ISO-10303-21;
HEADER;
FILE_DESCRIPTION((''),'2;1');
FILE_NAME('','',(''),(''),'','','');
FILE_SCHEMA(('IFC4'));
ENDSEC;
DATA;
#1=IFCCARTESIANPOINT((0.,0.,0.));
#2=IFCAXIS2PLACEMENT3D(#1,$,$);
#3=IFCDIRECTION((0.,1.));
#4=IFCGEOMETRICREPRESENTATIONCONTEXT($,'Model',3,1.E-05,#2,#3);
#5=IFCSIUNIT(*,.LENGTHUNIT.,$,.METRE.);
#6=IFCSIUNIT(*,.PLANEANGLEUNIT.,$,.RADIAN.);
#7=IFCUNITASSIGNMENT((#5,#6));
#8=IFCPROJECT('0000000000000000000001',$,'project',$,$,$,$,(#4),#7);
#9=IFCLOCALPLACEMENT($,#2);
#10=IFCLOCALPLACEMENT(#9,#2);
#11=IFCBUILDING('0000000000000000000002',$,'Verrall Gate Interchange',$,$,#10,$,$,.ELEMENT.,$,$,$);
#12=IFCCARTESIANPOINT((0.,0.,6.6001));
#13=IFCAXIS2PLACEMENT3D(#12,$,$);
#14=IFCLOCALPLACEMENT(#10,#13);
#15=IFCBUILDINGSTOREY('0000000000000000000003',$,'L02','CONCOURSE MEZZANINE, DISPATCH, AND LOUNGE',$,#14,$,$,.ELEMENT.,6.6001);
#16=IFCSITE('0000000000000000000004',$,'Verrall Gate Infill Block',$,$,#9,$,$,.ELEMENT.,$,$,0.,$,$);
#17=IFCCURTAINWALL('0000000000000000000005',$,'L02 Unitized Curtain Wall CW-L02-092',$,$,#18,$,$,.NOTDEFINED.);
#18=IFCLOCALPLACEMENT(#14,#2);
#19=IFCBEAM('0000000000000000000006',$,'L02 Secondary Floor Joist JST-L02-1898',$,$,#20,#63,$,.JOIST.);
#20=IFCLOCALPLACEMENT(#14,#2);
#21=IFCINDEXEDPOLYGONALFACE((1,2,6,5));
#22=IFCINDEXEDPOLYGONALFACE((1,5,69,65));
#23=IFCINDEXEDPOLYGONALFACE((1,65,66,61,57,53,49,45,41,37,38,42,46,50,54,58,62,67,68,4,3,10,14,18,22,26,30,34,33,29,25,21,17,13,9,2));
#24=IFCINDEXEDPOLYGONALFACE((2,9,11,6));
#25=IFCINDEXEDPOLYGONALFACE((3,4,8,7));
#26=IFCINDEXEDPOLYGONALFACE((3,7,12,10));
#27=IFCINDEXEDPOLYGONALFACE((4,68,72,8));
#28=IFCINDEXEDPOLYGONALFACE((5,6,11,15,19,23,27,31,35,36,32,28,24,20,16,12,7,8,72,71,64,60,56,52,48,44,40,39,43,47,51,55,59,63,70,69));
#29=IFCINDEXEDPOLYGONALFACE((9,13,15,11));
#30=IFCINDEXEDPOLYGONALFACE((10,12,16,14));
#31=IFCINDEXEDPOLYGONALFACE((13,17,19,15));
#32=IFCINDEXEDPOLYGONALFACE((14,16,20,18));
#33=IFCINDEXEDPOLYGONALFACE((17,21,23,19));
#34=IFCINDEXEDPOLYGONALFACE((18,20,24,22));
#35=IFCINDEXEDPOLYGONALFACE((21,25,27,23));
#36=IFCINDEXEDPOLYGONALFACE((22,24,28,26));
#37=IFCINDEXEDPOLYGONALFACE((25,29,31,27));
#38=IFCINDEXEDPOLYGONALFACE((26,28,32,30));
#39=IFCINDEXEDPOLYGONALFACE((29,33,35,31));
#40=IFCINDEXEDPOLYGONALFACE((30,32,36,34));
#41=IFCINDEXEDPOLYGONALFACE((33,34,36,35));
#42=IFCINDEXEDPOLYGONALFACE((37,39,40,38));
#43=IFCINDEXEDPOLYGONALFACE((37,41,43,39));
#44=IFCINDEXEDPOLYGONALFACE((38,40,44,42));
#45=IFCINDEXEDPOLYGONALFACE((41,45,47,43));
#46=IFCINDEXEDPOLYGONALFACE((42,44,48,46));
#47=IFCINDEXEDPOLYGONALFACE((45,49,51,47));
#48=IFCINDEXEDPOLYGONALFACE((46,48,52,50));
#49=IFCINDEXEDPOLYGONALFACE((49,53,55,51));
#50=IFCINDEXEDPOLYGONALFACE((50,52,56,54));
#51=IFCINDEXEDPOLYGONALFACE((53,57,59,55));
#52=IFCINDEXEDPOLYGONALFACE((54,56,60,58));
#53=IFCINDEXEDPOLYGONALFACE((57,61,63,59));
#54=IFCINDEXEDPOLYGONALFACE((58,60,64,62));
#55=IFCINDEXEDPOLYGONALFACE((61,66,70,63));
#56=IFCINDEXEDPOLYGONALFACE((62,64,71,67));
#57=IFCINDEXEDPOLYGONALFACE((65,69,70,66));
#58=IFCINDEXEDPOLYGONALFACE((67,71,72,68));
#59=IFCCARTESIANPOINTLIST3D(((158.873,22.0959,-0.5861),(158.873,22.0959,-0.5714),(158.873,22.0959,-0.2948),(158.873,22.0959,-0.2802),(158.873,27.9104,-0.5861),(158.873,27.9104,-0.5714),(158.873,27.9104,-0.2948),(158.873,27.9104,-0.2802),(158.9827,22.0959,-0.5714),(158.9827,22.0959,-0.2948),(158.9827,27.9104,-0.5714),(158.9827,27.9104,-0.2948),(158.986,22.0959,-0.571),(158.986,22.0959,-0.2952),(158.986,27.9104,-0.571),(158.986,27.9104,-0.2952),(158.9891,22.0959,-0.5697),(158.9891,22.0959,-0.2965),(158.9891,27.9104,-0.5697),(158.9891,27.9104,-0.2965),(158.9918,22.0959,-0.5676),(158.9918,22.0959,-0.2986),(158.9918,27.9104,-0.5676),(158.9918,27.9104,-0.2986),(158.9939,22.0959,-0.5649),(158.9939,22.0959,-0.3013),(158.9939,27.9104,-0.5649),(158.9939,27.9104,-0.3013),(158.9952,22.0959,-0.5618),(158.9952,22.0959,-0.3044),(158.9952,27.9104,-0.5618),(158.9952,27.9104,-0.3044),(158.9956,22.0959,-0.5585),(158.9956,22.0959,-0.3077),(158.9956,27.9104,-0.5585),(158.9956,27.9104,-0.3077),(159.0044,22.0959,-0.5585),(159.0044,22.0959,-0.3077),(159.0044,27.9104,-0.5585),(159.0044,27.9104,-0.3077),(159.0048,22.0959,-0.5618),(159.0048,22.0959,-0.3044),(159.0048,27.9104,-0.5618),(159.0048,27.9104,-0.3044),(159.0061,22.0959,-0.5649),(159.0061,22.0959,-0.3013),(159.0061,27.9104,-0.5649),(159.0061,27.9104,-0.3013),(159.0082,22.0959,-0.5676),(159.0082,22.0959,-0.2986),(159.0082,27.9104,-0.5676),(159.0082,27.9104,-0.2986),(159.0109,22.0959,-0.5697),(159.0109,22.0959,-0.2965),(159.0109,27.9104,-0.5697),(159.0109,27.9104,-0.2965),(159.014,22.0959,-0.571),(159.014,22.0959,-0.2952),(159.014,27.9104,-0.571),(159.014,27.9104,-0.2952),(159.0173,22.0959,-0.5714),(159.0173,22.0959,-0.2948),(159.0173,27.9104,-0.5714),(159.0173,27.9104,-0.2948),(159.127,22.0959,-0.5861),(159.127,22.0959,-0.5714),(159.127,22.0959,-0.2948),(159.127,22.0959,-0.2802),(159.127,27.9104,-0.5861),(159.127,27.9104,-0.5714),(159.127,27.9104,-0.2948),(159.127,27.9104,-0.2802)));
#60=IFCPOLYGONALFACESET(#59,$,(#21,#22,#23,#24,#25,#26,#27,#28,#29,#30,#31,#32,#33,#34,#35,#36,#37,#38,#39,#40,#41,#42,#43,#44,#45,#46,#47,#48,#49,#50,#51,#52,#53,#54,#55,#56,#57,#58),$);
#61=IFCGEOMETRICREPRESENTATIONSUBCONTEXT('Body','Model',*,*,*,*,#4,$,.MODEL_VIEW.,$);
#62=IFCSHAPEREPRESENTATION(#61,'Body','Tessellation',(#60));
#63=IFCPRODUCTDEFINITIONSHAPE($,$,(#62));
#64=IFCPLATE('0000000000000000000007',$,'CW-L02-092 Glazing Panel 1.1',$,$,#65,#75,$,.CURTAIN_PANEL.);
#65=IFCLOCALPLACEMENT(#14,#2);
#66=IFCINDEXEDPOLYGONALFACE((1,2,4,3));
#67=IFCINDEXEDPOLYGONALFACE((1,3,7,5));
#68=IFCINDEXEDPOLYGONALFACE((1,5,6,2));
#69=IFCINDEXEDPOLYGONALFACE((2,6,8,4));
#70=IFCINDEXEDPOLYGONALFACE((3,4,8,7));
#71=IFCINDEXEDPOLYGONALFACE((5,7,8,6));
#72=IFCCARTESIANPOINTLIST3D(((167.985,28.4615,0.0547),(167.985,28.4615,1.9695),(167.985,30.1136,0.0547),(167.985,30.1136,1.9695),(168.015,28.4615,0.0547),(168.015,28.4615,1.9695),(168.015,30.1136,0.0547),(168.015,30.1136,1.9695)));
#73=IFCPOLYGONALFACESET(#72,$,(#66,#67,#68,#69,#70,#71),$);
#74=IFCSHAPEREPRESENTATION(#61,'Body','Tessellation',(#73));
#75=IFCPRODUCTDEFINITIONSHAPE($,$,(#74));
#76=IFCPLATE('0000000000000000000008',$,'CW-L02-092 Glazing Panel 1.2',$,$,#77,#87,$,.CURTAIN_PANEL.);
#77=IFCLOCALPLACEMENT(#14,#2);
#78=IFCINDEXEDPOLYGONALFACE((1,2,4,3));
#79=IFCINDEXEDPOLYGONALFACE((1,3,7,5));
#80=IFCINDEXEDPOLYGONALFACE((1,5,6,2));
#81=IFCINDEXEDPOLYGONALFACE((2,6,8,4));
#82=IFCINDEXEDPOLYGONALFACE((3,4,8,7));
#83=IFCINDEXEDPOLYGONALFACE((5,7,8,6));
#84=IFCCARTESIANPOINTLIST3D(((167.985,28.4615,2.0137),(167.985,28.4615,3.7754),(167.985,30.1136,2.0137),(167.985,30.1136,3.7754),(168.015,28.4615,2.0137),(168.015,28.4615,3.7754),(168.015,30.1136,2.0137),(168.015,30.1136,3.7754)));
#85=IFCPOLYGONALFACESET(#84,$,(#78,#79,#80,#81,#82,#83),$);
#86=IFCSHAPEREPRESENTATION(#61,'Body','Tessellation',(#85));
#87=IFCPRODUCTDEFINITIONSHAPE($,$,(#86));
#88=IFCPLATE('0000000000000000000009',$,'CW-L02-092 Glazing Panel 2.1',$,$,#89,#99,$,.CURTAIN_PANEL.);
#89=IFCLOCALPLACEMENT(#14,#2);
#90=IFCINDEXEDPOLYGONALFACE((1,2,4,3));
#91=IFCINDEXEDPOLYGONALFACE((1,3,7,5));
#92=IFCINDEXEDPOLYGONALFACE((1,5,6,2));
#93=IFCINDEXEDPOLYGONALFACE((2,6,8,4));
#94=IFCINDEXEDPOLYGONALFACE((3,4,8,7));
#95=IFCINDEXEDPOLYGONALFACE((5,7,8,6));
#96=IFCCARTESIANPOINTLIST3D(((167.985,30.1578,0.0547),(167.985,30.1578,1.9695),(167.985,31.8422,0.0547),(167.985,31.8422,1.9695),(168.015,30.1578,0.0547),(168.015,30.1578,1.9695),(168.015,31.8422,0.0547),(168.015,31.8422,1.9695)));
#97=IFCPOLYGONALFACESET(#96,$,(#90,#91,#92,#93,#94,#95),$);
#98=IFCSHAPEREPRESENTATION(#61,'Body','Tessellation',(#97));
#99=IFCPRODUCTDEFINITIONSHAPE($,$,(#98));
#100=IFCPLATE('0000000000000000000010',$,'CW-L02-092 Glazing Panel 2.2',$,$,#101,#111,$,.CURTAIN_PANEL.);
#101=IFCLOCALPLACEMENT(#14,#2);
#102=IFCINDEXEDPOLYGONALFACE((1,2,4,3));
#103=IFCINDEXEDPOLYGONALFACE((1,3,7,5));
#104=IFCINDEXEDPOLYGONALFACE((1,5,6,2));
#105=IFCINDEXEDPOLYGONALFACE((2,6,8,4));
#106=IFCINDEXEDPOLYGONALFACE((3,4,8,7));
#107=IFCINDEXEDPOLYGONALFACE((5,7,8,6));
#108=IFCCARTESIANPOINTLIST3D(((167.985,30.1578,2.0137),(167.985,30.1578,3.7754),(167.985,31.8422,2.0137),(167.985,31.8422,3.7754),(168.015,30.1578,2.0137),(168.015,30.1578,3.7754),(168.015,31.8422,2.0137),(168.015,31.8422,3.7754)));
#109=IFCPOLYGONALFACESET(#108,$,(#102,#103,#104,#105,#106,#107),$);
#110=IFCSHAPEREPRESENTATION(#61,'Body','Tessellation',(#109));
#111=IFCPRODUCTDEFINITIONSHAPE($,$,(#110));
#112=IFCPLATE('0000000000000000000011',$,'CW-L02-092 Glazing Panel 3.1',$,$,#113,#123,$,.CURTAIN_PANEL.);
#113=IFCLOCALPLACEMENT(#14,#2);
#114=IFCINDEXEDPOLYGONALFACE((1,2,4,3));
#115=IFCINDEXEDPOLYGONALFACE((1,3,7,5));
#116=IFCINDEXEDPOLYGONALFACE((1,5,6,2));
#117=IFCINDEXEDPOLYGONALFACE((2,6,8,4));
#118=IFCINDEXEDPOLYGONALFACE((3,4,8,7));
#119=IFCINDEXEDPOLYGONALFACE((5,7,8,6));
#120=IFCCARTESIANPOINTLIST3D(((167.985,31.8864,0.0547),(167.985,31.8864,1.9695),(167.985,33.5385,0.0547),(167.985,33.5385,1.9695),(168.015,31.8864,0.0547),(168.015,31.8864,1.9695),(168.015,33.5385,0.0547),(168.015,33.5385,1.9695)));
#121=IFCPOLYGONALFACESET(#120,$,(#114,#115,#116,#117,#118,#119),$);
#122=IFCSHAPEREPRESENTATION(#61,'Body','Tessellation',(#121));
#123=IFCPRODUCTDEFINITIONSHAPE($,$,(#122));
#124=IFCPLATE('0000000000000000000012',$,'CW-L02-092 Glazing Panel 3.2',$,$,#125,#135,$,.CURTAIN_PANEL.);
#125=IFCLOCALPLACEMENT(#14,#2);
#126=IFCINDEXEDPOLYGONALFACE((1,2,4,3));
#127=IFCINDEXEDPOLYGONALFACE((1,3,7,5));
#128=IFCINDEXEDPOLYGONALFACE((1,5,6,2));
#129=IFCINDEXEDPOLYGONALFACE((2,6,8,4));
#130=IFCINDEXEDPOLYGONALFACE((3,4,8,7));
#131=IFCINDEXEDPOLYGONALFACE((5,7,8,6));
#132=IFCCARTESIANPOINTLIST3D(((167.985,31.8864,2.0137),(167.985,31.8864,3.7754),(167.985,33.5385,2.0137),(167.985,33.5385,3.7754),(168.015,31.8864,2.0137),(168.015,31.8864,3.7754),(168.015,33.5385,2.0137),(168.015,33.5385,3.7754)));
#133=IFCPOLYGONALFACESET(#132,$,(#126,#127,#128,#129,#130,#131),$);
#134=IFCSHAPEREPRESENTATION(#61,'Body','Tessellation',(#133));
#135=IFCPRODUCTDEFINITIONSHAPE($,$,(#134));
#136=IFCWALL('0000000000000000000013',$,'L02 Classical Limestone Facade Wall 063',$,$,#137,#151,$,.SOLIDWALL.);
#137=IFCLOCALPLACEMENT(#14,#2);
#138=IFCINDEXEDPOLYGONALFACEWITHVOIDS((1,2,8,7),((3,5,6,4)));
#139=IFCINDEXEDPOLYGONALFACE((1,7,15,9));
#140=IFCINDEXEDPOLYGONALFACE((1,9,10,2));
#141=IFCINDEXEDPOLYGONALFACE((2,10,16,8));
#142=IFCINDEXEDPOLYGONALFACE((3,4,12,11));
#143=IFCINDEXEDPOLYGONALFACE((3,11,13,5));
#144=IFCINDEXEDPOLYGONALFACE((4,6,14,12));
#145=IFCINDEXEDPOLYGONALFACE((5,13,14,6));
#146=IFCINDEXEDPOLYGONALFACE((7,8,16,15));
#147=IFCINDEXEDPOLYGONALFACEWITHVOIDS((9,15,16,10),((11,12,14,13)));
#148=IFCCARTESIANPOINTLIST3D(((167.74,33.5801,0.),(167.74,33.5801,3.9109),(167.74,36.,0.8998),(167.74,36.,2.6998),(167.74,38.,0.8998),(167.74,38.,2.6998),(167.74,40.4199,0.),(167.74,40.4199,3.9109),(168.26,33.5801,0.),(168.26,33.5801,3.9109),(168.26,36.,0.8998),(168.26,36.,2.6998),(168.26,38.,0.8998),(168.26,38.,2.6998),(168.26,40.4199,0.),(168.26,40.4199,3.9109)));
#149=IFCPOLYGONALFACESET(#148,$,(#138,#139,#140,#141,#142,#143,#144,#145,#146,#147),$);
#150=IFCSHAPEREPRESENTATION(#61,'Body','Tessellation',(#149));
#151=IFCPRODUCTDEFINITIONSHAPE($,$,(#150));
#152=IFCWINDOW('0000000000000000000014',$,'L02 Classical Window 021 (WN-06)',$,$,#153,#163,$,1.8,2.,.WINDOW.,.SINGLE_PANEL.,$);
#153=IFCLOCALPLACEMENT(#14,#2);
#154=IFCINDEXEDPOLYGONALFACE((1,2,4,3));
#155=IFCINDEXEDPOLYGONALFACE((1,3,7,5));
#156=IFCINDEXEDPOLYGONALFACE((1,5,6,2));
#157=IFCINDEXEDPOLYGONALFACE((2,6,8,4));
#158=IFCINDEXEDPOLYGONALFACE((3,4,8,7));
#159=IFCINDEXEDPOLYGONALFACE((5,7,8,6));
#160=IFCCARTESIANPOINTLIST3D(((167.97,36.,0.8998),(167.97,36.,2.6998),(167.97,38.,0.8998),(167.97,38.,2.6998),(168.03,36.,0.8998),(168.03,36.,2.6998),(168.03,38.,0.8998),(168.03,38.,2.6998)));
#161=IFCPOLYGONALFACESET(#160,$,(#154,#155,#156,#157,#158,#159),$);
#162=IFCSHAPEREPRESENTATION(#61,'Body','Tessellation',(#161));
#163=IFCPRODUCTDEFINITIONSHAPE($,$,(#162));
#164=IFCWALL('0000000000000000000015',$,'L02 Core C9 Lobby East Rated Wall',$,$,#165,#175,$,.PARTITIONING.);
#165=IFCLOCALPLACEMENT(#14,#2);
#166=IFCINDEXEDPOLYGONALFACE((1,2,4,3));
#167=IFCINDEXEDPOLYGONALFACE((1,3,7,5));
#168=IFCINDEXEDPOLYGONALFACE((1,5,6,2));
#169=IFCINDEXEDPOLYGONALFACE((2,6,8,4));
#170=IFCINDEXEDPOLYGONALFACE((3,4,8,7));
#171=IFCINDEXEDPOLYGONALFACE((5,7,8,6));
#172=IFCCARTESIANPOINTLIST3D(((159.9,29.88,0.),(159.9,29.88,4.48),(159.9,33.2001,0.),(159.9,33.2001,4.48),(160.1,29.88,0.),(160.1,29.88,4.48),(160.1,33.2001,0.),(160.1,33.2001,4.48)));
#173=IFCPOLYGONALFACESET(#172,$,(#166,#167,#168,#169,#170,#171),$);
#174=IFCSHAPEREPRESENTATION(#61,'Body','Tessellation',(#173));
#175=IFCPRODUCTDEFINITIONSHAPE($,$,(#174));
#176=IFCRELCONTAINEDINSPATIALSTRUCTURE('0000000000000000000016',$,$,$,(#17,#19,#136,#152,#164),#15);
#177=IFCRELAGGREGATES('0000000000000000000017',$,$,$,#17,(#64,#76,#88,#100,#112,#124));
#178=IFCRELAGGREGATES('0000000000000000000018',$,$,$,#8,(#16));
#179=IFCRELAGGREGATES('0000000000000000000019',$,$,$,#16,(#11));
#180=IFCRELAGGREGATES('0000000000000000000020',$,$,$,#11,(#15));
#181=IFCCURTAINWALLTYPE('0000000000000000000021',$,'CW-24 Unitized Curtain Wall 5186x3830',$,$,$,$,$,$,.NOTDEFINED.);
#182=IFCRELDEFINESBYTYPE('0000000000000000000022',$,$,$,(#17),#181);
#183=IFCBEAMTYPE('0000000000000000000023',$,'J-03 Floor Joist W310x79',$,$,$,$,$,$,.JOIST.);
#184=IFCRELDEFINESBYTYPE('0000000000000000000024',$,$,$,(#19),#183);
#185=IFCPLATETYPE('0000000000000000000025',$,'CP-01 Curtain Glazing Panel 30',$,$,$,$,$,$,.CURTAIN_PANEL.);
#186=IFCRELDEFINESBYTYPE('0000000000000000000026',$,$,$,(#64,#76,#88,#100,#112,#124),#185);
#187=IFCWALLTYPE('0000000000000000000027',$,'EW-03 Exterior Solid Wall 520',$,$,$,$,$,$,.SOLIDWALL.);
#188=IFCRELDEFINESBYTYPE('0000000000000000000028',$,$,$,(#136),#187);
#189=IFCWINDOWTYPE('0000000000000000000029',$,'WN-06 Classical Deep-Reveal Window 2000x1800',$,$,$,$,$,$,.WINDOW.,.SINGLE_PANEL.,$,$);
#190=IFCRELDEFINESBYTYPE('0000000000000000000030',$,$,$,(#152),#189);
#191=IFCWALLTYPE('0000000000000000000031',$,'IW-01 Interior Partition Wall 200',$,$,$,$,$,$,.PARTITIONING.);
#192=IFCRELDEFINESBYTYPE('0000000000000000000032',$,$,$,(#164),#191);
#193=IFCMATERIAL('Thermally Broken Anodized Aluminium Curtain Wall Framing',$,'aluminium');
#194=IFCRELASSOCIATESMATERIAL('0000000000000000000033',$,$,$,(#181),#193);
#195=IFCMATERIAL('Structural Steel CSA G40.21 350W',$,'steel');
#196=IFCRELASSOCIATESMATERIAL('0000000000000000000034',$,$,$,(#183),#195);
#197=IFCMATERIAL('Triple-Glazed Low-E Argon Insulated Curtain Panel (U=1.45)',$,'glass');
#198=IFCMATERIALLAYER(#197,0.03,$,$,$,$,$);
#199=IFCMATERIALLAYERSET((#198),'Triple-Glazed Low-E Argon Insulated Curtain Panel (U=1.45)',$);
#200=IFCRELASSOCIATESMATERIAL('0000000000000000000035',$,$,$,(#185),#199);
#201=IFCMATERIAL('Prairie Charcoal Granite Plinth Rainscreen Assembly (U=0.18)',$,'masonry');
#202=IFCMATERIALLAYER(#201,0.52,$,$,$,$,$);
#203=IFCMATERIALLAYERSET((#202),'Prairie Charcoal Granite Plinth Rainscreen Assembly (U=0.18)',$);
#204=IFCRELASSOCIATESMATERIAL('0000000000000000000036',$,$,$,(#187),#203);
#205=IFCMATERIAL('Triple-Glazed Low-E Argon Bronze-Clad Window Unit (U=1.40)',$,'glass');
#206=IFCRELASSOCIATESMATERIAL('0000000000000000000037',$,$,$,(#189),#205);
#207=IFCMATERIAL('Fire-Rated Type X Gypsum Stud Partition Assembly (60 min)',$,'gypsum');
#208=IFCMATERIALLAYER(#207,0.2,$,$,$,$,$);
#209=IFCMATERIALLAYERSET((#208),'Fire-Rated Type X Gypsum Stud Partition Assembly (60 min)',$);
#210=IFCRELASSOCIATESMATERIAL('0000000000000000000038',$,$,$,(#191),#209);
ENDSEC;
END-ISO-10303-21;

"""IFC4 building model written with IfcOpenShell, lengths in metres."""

from ifc_helpers import new_model, si_unit, direction, frame, frame_2d, origin, origin_2d, place, context, subcontext, project, spatial, rectangle, i_section, extrude, material, layer, layer_set, material_profile, profile_set, type_object, element, fill, aggregate, save


model = new_model("IFC4")

# Units and contexts
model_context = context("Model", 3, precision=1e-05, world=origin(), true_north=direction((0.0, 1.0)))
body_context = subcontext(model_context, "Body", "Model", "MODEL_VIEW")
ifc_project = project(units=[si_unit("LENGTHUNIT", "METRE"), si_unit("PLANEANGLEUNIT", "RADIAN")], contexts=[model_context])

# Site, building, storey
site_placement = place(None, origin())
site = spatial("IfcSite", under=ifc_project, at=site_placement, Name="Verrall Gate Infill Block", CompositionType="ELEMENT", RefElevation=0.0)
building_placement = place(site_placement, origin())
building = spatial("IfcBuilding", under=site, at=building_placement, Name="Verrall Gate Interchange", CompositionType="ELEMENT")
storey_placement = place(building_placement, frame((0.0, 0.0, 6.6001)))
storey = spatial("IfcBuildingStorey", under=building, at=storey_placement, Name="L02", Description="CONCOURSE MEZZANINE, DISPATCH, AND LOUNGE", CompositionType="ELEMENT", Elevation=6.6001)

# Curtain wall
ifc_material_1 = material(Name="Thermally Broken Anodized Aluminium Curtain Wall Framing", Category="aluminium")
curtain_wall_type = type_object("IfcCurtainWallType", Name="CW-24 Unitized Curtain Wall 5186x3830", PredefinedType="NOTDEFINED", material=ifc_material_1)
curtain_wall_placement = place(storey_placement, origin())
curtain_wall = element("IfcCurtainWall", 1, at=curtain_wall_placement, inside=storey, type_object=curtain_wall_type, Name="L02 Unitized Curtain Wall CW-L02-092", PredefinedType="NOTDEFINED")

# Beam
ifc_material_2 = material(Name="Structural Steel CSA G40.21 350W", Category="steel")
ifc_material_profile_1 = material_profile(ifc_material_2, i_section(OverallWidth=0.2539, OverallDepth=0.3059, WebThickness=0.0088, FlangeThickness=0.0146, FilletRadius=0.0129, at=origin_2d()), Name="W310x79")
ifc_profile_set_1 = profile_set([ifc_material_profile_1], Name="Structural Steel CSA G40.21 350W")
beam_type_1 = type_object("IfcBeamType", Name="J-03 Floor Joist W310x79", PredefinedType="JOIST", material=ifc_profile_set_1)
beam_1_placement = place(storey_placement, frame((159.0, 22.0959, -0.4331), z_axis=(0.0, 1.0, 0.0), x_axis=(-1.0, 0.0, 0.0)))
element("IfcBeam", 2, at=beam_1_placement, inside=storey, type_object=beam_type_1, Name="L02 Secondary Floor Joist JST-L02-1898", PredefinedType="JOIST", context=body_context, shape_type="SweptSolid", body=[
    extrude(i_section(OverallWidth=0.2539, OverallDepth=0.3059, WebThickness=0.0088, FlangeThickness=0.0146, FilletRadius=0.0129, at=origin_2d()), origin(), (0.0, 0.0, 1.0), 5.8145),
])

# Plates
ifc_material_3 = material(Name="Triple-Glazed Low-E Argon Insulated Curtain Panel (U=1.45)", Category="glass")
ifc_layer_1 = layer(ifc_material_3, 0.03)
ifc_layer_set_1 = layer_set([ifc_layer_1], Name="Triple-Glazed Low-E Argon Insulated Curtain Panel (U=1.45)")
plate_type = type_object("IfcPlateType", Name="CP-01 Curtain Glazing Panel 30", PredefinedType="CURTAIN_PANEL", material=ifc_layer_set_1)
plate_1_placement = place(storey_placement, frame((168.0, 29.2876, 0.0547), z_axis=(0.0, 0.0, 1.0), x_axis=(0.0, 1.0, 0.0)))
plate_1 = element("IfcPlate", 3, at=plate_1_placement, type_object=plate_type, Name="CW-L02-092 Glazing Panel 1.1", PredefinedType="CURTAIN_PANEL", context=body_context, shape_type="SweptSolid", body=[
    extrude(rectangle(XDim=1.6521, YDim=0.03, at=origin_2d()), origin(), (0.0, 0.0, 1.0), 1.9148),
])
plate_2_placement = place(storey_placement, frame((168.0, 29.2876, 2.0137), z_axis=(0.0, 0.0, 1.0), x_axis=(0.0, 1.0, 0.0)))
plate_2 = element("IfcPlate", 4, at=plate_2_placement, type_object=plate_type, Name="CW-L02-092 Glazing Panel 1.2", PredefinedType="CURTAIN_PANEL", context=body_context, shape_type="SweptSolid", body=[
    extrude(rectangle(XDim=1.6521, YDim=0.03, at=origin_2d()), origin(), (0.0, 0.0, 1.0), 1.7617),
])
plate_3_placement = place(storey_placement, frame((168.0, 31.0, 0.0547), z_axis=(0.0, 0.0, 1.0), x_axis=(0.0, 1.0, 0.0)))
plate_3 = element("IfcPlate", 5, at=plate_3_placement, type_object=plate_type, Name="CW-L02-092 Glazing Panel 2.1", PredefinedType="CURTAIN_PANEL", context=body_context, shape_type="SweptSolid", body=[
    extrude(rectangle(XDim=1.6843, YDim=0.03, at=origin_2d()), origin(), (0.0, 0.0, 1.0), 1.9148),
])
plate_4_placement = place(storey_placement, frame((168.0, 31.0, 2.0137), z_axis=(0.0, 0.0, 1.0), x_axis=(0.0, 1.0, 0.0)))
plate_4 = element("IfcPlate", 6, at=plate_4_placement, type_object=plate_type, Name="CW-L02-092 Glazing Panel 2.2", PredefinedType="CURTAIN_PANEL", context=body_context, shape_type="SweptSolid", body=[
    extrude(rectangle(XDim=1.6843, YDim=0.03, at=origin_2d()), origin(), (0.0, 0.0, 1.0), 1.7617),
])
plate_5_placement = place(storey_placement, frame((168.0, 32.7124, 0.0547), z_axis=(0.0, 0.0, 1.0), x_axis=(0.0, 1.0, 0.0)))
plate_5 = element("IfcPlate", 7, at=plate_5_placement, type_object=plate_type, Name="CW-L02-092 Glazing Panel 3.1", PredefinedType="CURTAIN_PANEL", context=body_context, shape_type="SweptSolid", body=[
    extrude(rectangle(XDim=1.6521, YDim=0.03, at=origin_2d()), origin(), (0.0, 0.0, 1.0), 1.9148),
])
plate_6_placement = place(storey_placement, frame((168.0, 32.7124, 2.0137), z_axis=(0.0, 0.0, 1.0), x_axis=(0.0, 1.0, 0.0)))
plate_6 = element("IfcPlate", 8, at=plate_6_placement, type_object=plate_type, Name="CW-L02-092 Glazing Panel 3.2", PredefinedType="CURTAIN_PANEL", context=body_context, shape_type="SweptSolid", body=[
    extrude(rectangle(XDim=1.6521, YDim=0.03, at=origin_2d()), origin(), (0.0, 0.0, 1.0), 1.7617),
])
aggregate(curtain_wall, [plate_1, plate_2, plate_3, plate_4, plate_5, plate_6])

# Wall, opening, window
ifc_material_4 = material(Name="Prairie Charcoal Granite Plinth Rainscreen Assembly (U=0.18)", Category="masonry")
ifc_layer_2 = layer(ifc_material_4, 0.52)
ifc_layer_set_2 = layer_set([ifc_layer_2], Name="Prairie Charcoal Granite Plinth Rainscreen Assembly (U=0.18)")
wall_type_1 = type_object("IfcWallType", Name="EW-03 Exterior Solid Wall 520", PredefinedType="SOLIDWALL", material=ifc_layer_set_2)
wall_1_placement = place(storey_placement, frame((168.0, 33.5801, 0.0), z_axis=(0.0, 0.0, 1.0), x_axis=(0.0, 1.0, 0.0)))
wall_1 = element("IfcWall", 9, at=wall_1_placement, inside=storey, type_object=wall_type_1, Name="L02 Classical Limestone Facade Wall 063", PredefinedType="SOLIDWALL", context=body_context, shape_type="SweptSolid", body=[
    extrude(rectangle(XDim=6.8398, YDim=0.52, at=frame_2d((3.4199, 0.0))), origin(), (0.0, 0.0, 1.0), 3.9109),
])
opening_1_placement = place(wall_1_placement, frame((2.4199, 0.0, 0.8999)))
opening_1 = element("IfcOpeningElement", 10, at=opening_1_placement, cuts=wall_1, PredefinedType="OPENING", context=body_context, shape_type="SweptSolid", body=[
    extrude(rectangle(XDim=2.0, YDim=1.8, at=frame_2d((1.0, 0.8999))), frame((0.0, 0.2749, 0.0), z_axis=(0.0, -1.0, 0.0), x_axis=(1.0, 0.0, 0.0)), (0.0, 0.0, 1.0), 0.5498),
])
ifc_material_5 = material(Name="Triple-Glazed Low-E Argon Bronze-Clad Window Unit (U=1.40)", Category="glass")
window_type = type_object("IfcWindowType", Name="WN-06 Classical Deep-Reveal Window 2000x1800", PartitioningType="SINGLE_PANEL", PredefinedType="WINDOW", material=ifc_material_5)
window_placement = place(opening_1_placement, origin())
window = element("IfcWindow", 11, at=window_placement, inside=storey, type_object=window_type, Name="L02 Classical Window 021 (WN-06)", OverallHeight=1.8, OverallWidth=2.0, PartitioningType="SINGLE_PANEL", PredefinedType="WINDOW", context=body_context, shape_type="SweptSolid", body=[
    extrude(rectangle(XDim=2.0, YDim=1.8, at=frame_2d((1.0, 0.8999))), frame((0.0, 0.03, 0.0), z_axis=(0.0, -1.0, 0.0), x_axis=(1.0, 0.0, 0.0)), (0.0, 0.0, 1.0), 0.0601),
])
fill(opening_1, window)

# Wall
ifc_material_6 = material(Name="Fire-Rated Type X Gypsum Stud Partition Assembly (60 min)", Category="gypsum")
ifc_layer_3 = layer(ifc_material_6, 0.2)
ifc_layer_set_3 = layer_set([ifc_layer_3], Name="Fire-Rated Type X Gypsum Stud Partition Assembly (60 min)")
wall_type_2 = type_object("IfcWallType", Name="IW-01 Interior Partition Wall 200", PredefinedType="PARTITIONING", material=ifc_layer_set_3)
wall_2_placement = place(storey_placement, frame((160.0, 29.8799, 0.0), z_axis=(0.0, 0.0, 1.0), x_axis=(0.0, 1.0, 0.0)))
element("IfcWall", 12, at=wall_2_placement, inside=storey, type_object=wall_type_2, Name="L02 Core C9 Lobby East Rated Wall", PredefinedType="PARTITIONING", context=body_context, shape_type="SweptSolid", body=[
    extrude(rectangle(XDim=3.3201, YDim=0.2, at=frame_2d((1.6602, 0.0))), origin(), (0.0, 0.0, 1.0), 4.48),
])

save(model, "model.ifc")
